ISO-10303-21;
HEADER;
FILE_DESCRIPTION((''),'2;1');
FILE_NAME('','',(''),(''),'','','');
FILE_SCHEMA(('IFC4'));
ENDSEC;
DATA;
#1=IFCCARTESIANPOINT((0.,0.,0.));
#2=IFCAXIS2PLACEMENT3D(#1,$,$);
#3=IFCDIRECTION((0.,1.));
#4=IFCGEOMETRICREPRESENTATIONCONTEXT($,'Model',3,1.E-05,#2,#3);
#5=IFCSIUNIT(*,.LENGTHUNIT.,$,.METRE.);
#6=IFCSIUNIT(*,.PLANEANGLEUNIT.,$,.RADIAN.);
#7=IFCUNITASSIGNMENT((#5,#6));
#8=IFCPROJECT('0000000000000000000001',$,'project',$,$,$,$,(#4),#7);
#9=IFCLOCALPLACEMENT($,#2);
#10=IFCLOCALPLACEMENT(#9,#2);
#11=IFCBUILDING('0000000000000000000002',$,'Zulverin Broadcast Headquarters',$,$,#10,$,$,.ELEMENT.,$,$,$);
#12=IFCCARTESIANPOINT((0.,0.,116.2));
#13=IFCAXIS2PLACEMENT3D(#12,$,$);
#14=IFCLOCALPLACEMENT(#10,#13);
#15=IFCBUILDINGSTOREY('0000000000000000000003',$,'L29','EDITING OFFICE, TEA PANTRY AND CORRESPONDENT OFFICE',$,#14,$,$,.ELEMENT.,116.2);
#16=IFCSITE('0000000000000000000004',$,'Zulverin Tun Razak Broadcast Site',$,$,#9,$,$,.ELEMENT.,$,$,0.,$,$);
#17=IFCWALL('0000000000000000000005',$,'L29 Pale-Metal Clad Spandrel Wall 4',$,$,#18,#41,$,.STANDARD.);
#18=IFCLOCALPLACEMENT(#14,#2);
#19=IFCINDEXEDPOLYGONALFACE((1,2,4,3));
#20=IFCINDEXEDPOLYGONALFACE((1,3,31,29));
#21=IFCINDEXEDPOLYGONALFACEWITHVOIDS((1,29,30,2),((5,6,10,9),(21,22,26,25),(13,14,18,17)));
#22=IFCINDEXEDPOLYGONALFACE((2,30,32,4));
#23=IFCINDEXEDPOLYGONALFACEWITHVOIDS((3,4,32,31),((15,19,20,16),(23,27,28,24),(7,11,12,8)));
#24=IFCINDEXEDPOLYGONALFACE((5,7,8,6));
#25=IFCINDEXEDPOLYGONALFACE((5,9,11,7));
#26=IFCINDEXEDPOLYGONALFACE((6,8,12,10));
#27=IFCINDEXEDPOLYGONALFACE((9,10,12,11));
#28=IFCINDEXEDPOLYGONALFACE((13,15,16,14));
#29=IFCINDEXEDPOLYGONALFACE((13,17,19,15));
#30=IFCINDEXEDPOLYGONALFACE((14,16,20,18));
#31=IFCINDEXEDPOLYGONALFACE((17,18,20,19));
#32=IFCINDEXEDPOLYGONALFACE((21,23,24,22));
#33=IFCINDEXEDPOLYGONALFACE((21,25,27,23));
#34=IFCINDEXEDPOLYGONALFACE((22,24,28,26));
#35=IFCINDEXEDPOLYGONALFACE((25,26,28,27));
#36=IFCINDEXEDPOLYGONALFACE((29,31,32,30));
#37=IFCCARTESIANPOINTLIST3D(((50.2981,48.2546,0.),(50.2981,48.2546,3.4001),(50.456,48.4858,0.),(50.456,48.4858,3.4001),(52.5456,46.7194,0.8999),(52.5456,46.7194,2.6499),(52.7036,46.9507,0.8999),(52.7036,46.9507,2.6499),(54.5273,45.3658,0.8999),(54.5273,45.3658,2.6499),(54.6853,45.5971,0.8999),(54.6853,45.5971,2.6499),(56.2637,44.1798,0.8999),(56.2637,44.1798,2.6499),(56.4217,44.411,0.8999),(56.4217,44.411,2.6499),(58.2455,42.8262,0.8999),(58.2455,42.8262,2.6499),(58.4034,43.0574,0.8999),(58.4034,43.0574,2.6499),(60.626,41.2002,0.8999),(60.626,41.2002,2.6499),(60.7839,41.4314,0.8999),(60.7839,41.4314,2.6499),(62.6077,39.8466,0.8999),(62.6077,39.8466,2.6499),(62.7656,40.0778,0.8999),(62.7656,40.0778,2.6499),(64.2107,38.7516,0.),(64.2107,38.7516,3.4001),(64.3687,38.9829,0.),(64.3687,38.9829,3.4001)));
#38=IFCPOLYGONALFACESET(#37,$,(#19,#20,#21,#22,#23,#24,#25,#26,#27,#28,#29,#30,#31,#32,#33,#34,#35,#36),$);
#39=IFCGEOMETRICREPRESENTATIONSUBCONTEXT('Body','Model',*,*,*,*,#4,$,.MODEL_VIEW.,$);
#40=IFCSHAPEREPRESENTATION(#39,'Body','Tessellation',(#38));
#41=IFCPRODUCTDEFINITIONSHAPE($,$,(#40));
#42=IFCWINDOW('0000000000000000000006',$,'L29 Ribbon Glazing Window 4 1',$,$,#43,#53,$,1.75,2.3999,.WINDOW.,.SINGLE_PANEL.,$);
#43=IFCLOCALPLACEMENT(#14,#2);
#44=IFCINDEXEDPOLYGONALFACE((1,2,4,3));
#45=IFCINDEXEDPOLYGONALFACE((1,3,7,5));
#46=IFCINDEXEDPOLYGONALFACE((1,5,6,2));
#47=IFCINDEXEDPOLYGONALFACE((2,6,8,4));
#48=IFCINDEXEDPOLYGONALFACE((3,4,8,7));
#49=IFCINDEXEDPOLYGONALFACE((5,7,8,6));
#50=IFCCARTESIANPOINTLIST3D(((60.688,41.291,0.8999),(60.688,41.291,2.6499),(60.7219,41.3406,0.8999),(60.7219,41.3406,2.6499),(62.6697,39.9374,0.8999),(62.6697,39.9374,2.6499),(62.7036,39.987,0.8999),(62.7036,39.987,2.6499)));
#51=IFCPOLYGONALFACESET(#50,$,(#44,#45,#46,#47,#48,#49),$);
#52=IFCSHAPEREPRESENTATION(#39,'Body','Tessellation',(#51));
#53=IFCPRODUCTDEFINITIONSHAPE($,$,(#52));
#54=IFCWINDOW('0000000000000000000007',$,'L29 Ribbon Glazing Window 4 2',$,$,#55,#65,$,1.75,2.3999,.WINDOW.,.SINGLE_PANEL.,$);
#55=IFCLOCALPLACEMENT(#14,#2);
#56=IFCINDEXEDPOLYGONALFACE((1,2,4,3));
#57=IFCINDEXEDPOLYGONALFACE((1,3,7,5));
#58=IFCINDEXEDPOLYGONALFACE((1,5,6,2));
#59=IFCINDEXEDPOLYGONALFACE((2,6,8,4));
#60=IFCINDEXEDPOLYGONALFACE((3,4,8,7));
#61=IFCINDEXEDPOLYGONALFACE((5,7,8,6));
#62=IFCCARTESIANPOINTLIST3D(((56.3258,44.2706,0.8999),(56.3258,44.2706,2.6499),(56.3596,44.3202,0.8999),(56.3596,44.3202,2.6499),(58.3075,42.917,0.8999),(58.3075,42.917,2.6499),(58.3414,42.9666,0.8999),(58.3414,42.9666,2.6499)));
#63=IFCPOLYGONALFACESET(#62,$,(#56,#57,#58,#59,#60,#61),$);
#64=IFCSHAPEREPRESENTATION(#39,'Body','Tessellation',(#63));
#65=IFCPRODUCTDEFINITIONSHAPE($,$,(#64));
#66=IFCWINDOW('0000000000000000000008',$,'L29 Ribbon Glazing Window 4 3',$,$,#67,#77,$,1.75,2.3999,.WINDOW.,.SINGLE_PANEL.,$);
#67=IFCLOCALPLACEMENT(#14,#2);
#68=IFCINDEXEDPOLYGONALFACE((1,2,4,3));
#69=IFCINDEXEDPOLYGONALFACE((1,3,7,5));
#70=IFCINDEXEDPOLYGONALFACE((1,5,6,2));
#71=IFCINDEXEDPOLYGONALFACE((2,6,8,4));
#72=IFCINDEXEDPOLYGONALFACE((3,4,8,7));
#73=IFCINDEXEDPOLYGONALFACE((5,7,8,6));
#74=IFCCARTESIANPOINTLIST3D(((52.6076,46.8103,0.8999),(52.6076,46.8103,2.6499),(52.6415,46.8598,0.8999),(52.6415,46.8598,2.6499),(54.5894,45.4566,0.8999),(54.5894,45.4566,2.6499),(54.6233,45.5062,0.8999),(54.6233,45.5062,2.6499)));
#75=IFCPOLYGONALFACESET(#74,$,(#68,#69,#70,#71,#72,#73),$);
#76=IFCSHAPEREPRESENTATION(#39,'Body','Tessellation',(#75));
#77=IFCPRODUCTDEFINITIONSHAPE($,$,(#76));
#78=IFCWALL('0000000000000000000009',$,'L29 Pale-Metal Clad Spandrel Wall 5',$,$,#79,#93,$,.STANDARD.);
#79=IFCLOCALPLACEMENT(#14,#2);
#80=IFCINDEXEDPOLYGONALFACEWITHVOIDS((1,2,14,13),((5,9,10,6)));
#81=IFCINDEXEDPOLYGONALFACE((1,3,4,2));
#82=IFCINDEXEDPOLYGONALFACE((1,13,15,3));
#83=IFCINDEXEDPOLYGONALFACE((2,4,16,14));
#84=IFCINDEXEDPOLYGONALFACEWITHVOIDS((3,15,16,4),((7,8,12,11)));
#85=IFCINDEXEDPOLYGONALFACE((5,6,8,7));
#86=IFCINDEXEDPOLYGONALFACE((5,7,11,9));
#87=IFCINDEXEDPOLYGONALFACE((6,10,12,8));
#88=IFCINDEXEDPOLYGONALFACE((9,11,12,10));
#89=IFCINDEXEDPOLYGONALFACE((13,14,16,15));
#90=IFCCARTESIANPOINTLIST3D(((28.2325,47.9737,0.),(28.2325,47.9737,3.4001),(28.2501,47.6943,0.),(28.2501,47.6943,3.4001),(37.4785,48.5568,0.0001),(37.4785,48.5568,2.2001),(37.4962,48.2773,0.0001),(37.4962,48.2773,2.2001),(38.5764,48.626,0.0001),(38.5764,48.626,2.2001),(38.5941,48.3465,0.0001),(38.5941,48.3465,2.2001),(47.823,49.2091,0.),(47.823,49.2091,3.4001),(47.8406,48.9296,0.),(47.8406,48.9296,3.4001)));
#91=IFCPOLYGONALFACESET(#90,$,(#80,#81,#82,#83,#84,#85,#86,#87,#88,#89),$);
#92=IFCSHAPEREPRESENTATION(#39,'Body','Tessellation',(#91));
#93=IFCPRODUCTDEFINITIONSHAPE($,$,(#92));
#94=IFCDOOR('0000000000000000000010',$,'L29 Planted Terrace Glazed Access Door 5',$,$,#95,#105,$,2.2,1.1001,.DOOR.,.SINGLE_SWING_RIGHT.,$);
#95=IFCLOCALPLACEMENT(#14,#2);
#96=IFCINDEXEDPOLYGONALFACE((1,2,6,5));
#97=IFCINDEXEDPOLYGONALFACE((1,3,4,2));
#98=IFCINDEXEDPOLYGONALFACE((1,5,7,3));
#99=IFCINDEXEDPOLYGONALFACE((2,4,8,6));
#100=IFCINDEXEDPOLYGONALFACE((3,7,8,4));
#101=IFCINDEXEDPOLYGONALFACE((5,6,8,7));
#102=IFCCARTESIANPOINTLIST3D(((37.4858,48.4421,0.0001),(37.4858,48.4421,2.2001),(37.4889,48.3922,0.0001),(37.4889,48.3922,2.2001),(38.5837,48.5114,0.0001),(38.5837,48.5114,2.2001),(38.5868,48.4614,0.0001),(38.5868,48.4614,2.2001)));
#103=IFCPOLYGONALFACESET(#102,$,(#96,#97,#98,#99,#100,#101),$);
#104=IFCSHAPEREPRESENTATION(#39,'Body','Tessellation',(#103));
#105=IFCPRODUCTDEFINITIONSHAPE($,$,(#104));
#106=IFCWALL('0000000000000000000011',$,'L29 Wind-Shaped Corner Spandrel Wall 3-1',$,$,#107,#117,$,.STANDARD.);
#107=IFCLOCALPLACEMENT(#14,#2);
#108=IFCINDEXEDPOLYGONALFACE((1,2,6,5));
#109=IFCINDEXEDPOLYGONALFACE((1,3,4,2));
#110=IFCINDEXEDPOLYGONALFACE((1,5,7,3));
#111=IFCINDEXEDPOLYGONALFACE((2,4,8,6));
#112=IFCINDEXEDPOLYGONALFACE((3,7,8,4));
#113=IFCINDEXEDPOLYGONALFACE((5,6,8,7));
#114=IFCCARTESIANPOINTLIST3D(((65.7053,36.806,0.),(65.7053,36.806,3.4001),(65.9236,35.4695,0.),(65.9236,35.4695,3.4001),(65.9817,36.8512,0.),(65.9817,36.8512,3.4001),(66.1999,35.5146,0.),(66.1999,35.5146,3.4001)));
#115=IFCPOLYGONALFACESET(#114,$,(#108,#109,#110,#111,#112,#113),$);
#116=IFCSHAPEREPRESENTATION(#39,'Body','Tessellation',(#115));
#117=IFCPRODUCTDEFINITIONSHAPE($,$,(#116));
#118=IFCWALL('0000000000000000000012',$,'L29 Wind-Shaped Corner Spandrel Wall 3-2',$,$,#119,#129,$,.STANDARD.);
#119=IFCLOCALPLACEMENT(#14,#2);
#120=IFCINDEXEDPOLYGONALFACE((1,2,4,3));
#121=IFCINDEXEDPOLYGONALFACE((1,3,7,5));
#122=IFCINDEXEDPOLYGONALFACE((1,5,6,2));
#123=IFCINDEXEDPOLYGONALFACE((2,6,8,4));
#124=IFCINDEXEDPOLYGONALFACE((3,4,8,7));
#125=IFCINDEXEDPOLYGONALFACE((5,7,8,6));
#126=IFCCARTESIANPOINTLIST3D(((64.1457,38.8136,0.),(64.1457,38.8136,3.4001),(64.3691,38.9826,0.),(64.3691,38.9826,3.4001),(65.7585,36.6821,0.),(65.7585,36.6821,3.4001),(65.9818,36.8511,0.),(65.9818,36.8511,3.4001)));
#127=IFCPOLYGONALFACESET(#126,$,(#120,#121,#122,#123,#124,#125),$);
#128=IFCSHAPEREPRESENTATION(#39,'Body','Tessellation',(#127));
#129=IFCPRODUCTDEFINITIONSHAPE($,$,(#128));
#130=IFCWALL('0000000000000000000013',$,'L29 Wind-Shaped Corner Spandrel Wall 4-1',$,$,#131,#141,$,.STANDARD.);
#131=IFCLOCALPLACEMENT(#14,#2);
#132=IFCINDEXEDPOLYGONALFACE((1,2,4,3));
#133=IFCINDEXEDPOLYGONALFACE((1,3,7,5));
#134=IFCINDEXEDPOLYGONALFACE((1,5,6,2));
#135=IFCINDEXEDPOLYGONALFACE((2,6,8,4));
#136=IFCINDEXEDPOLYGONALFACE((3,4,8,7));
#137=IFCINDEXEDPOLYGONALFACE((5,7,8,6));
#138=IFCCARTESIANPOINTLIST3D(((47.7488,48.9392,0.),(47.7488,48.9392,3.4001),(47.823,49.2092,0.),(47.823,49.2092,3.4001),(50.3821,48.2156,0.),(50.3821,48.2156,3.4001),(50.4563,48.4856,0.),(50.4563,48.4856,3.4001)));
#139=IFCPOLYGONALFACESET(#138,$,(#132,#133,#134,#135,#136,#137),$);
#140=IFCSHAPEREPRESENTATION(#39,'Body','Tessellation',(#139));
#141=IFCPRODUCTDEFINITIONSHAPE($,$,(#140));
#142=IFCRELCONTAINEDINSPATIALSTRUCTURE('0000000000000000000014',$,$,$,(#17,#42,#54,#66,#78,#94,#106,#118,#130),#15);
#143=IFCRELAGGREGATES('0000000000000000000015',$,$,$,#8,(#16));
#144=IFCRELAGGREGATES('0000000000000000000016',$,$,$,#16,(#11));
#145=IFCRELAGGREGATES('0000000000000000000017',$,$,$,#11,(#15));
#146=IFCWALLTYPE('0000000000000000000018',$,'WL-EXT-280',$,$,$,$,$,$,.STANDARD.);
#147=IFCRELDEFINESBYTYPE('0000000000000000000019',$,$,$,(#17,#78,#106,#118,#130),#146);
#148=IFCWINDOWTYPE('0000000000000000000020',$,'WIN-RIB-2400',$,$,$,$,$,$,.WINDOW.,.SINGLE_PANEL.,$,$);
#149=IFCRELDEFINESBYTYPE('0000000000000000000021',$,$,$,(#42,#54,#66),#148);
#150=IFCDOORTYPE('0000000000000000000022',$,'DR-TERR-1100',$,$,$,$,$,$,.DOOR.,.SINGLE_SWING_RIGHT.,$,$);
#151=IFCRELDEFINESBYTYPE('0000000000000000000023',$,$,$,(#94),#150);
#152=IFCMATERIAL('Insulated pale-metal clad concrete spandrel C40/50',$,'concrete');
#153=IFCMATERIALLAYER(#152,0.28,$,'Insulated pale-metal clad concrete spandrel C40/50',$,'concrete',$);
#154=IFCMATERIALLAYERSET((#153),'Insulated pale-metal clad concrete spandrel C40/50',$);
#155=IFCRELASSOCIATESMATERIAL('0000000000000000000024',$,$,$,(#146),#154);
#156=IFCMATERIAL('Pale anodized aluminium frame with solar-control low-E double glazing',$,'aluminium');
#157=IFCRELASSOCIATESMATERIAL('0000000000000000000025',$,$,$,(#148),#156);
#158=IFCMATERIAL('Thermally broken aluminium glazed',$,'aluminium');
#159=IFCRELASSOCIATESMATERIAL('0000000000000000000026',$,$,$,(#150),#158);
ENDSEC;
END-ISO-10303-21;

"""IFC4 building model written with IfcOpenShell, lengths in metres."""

from ifc_helpers import new_model, si_unit, direction, frame, frame_2d, origin, place, context, subcontext, project, spatial, rectangle, extrude, material, layer, layer_set, type_object, element, fill, save


model = new_model("IFC4")

# Units and contexts
model_context = context("Model", 3, precision=1e-05, world=origin(), true_north=direction((0.0, 1.0)))
body_context = subcontext(model_context, "Body", "Model", "MODEL_VIEW")
ifc_project = project(units=[si_unit("LENGTHUNIT", "METRE"), si_unit("PLANEANGLEUNIT", "RADIAN")], contexts=[model_context])

# Site, building, storey
site_placement = place(None, origin())
site = spatial("IfcSite", under=ifc_project, at=site_placement, Name="Zulverin Tun Razak Broadcast Site", CompositionType="ELEMENT", RefElevation=0.0)
building_placement = place(site_placement, origin())
building = spatial("IfcBuilding", under=site, at=building_placement, Name="Zulverin Broadcast Headquarters", CompositionType="ELEMENT")
storey_placement = place(building_placement, frame((0.0, 0.0, 116.2)))
storey = spatial("IfcBuildingStorey", under=building, at=storey_placement, Name="L29", Description="EDITING OFFICE, TEA PANTRY AND CORRESPONDENT OFFICE", CompositionType="ELEMENT", Elevation=116.2)

# Wall, openings, windows
ifc_material_1 = material(Name="Insulated pale-metal clad concrete spandrel C40/50", Category="concrete")
ifc_layer_1 = layer(ifc_material_1, 0.28, Name="Insulated pale-metal clad concrete spandrel C40/50", Category="concrete")
ifc_layer_set_1 = layer_set([ifc_layer_1], Name="Insulated pale-metal clad concrete spandrel C40/50")
wall_type = type_object("IfcWallType", Name="WL-EXT-280", PredefinedType="STANDARD", material=ifc_layer_set_1)
wall_1_placement = place(storey_placement, frame((64.2898, 38.8672, 0.0), z_axis=(0.0, 0.0, 1.0), x_axis=(-0.825756, 0.564028, 0.0)))
wall_1 = element("IfcWall", 1, at=wall_1_placement, inside=storey, type_object=wall_type, Name="L29 Pale-Metal Clad Spandrel Wall 4", PredefinedType="STANDARD", context=body_context, shape_type="SweptSolid", body=[
    extrude(rectangle(XDim=16.8484, YDim=0.28, at=frame_2d((8.4243, 0.0))), origin(), (0.0, 0.0, 1.0), 3.4001),
])
opening_1_placement = place(wall_1_placement, frame((1.9414, 0.0, 0.8999)))
opening_1 = element("IfcOpeningElement", 2, at=opening_1_placement, cuts=wall_1, PredefinedType="OPENING", context=body_context, shape_type="SweptSolid", body=[
    extrude(rectangle(XDim=2.3999, YDim=1.75, at=frame_2d((1.2, 0.875))), frame((0.0, 0.1499, 0.0), z_axis=(0.0, -1.0, 0.0), x_axis=(1.0, 0.0, 0.0)), (0.0, 0.0, 1.0), 0.3),
])
opening_2_placement = place(wall_1_placement, frame((7.2241, 0.0, 0.8999)))
opening_2 = element("IfcOpeningElement", 3, at=opening_2_placement, cuts=wall_1, PredefinedType="OPENING", context=body_context, shape_type="SweptSolid", body=[
    extrude(rectangle(XDim=2.3999, YDim=1.75, at=frame_2d((1.2, 0.875))), frame((0.0, 0.1499, 0.0), z_axis=(0.0, -1.0, 0.0), x_axis=(1.0, 0.0, 0.0)), (0.0, 0.0, 1.0), 0.3),
])
opening_3_placement = place(wall_1_placement, frame((11.7268, 0.0, 0.8999)))
opening_3 = element("IfcOpeningElement", 4, at=opening_3_placement, cuts=wall_1, PredefinedType="OPENING", context=body_context, shape_type="SweptSolid", body=[
    extrude(rectangle(XDim=2.3999, YDim=1.75, at=frame_2d((1.2, 0.875))), frame((0.0, 0.1499, 0.0), z_axis=(0.0, -1.0, 0.0), x_axis=(1.0, 0.0, 0.0)), (0.0, 0.0, 1.0), 0.3),
])
ifc_material_2 = material(Name="Pale anodized aluminium frame with solar-control low-E double glazing", Category="aluminium")
window_type = type_object("IfcWindowType", Name="WIN-RIB-2400", PartitioningType="SINGLE_PANEL", PredefinedType="WINDOW", material=ifc_material_2)
window_1_placement = place(opening_1_placement, origin())
window_1 = element("IfcWindow", 5, at=window_1_placement, inside=storey, type_object=window_type, Name="L29 Ribbon Glazing Window 4 1", OverallHeight=1.75, OverallWidth=2.3999, PartitioningType="SINGLE_PANEL", PredefinedType="WINDOW", context=body_context, shape_type="SweptSolid", body=[
    extrude(rectangle(XDim=2.3999, YDim=1.75, at=frame_2d((1.2, 0.875))), frame((0.0, 0.03, 0.0), z_axis=(0.0, -1.0, 0.0), x_axis=(1.0, 0.0, 0.0)), (0.0, 0.0, 1.0), 0.0601),
])
fill(opening_1, window_1)
window_2_placement = place(opening_2_placement, origin())
window_2 = element("IfcWindow", 6, at=window_2_placement, inside=storey, type_object=window_type, Name="L29 Ribbon Glazing Window 4 2", OverallHeight=1.75, OverallWidth=2.3999, PartitioningType="SINGLE_PANEL", PredefinedType="WINDOW", context=body_context, shape_type="SweptSolid", body=[
    extrude(rectangle(XDim=2.3999, YDim=1.75, at=frame_2d((1.2, 0.875))), frame((0.0, 0.03, 0.0), z_axis=(0.0, -1.0, 0.0), x_axis=(1.0, 0.0, 0.0)), (0.0, 0.0, 1.0), 0.0601),
])
fill(opening_2, window_2)
window_3_placement = place(opening_3_placement, origin())
window_3 = element("IfcWindow", 7, at=window_3_placement, inside=storey, type_object=window_type, Name="L29 Ribbon Glazing Window 4 3", OverallHeight=1.75, OverallWidth=2.3999, PartitioningType="SINGLE_PANEL", PredefinedType="WINDOW", context=body_context, shape_type="SweptSolid", body=[
    extrude(rectangle(XDim=2.3999, YDim=1.75, at=frame_2d((1.2, 0.875))), frame((0.0, 0.03, 0.0), z_axis=(0.0, -1.0, 0.0), x_axis=(1.0, 0.0, 0.0)), (0.0, 0.0, 1.0), 0.0601),
])
fill(opening_3, window_3)

# Wall, opening, door
wall_2_placement = place(storey_placement, frame((47.8318, 49.0693, 0.0), z_axis=(0.0, 0.0, 1.0), x_axis=(-0.998018, -0.062933, 0.0)))
wall_2 = element("IfcWall", 8, at=wall_2_placement, inside=storey, type_object=wall_type, Name="L29 Pale-Metal Clad Spandrel Wall 5", PredefinedType="STANDARD", context=body_context, shape_type="SweptSolid", body=[
    extrude(rectangle(XDim=19.6294, YDim=0.28, at=frame_2d((9.8147, 0.0))), origin(), (0.0, 0.0, 1.0), 3.4001),
])
opening_4_placement = place(wall_2_placement, frame((9.2649, 0.0, 0.0)))
opening_4 = element("IfcOpeningElement", 9, at=opening_4_placement, cuts=wall_2, PredefinedType="OPENING", context=body_context, shape_type="SweptSolid", body=[
    extrude(rectangle(XDim=1.1001, YDim=2.2, at=frame_2d((0.55, 1.1001))), frame((0.0, 0.1499, 0.0), z_axis=(0.0, -1.0, 0.0), x_axis=(1.0, 0.0, 0.0)), (0.0, 0.0, 1.0), 0.3),
])
ifc_material_3 = material(Name="Thermally broken aluminium glazed", Category="aluminium")
door_type = type_object("IfcDoorType", Name="DR-TERR-1100", OperationType="SINGLE_SWING_RIGHT", PredefinedType="DOOR", material=ifc_material_3)
door_placement = place(opening_4_placement, origin())
door = element("IfcDoor", 10, at=door_placement, inside=storey, type_object=door_type, Name="L29 Planted Terrace Glazed Access Door 5", OperationType="SINGLE_SWING_RIGHT", OverallHeight=2.2, OverallWidth=1.1001, PredefinedType="DOOR", context=body_context, shape_type="SweptSolid", body=[
    extrude(rectangle(XDim=1.1001, YDim=2.2, at=frame_2d((0.55, 1.1001))), frame((0.0, 0.0249, 0.0), z_axis=(0.0, -1.0, 0.0), x_axis=(1.0, 0.0, 0.0)), (0.0, 0.0, 1.0), 0.05),
])
fill(opening_4, door)

# Walls
wall_3_placement = place(storey_placement, frame((66.0618, 35.4919, 0.0), z_axis=(0.0, 0.0, 1.0), x_axis=(-0.161182, 0.986925, 0.0)))
element("IfcWall", 11, at=wall_3_placement, inside=storey, type_object=wall_type, Name="L29 Wind-Shaped Corner Spandrel Wall 3-1", PredefinedType="STANDARD", context=body_context, shape_type="SweptSolid", body=[
    extrude(rectangle(XDim=1.3542, YDim=0.28, at=frame_2d((0.6772, 0.0))), origin(), (0.0, 0.0, 1.0), 3.4001),
])
wall_4_placement = place(storey_placement, frame((65.8701, 36.7666, 0.0), z_axis=(0.0, 0.0, 1.0), x_axis=(-0.60337, 0.797461, 0.0)))
element("IfcWall", 12, at=wall_4_placement, inside=storey, type_object=wall_type, Name="L29 Wind-Shaped Corner Spandrel Wall 3-2", PredefinedType="STANDARD", context=body_context, shape_type="SweptSolid", body=[
    extrude(rectangle(XDim=2.6729, YDim=0.28, at=frame_2d((1.3364, 0.0))), origin(), (0.0, 0.0, 1.0), 3.4001),
])
wall_5_placement = place(storey_placement, frame((50.4192, 48.3506, 0.0), z_axis=(0.0, 0.0, 1.0), x_axis=(-0.964255, 0.264978, 0.0)))
element("IfcWall", 13, at=wall_5_placement, inside=storey, type_object=wall_type, Name="L29 Wind-Shaped Corner Spandrel Wall 4-1", PredefinedType="STANDARD", context=body_context, shape_type="SweptSolid", body=[
    extrude(rectangle(XDim=2.731, YDim=0.28, at=frame_2d((1.3655, 0.0))), origin(), (0.0, 0.0, 1.0), 3.4001),
])

save(model, "model.ifc")
